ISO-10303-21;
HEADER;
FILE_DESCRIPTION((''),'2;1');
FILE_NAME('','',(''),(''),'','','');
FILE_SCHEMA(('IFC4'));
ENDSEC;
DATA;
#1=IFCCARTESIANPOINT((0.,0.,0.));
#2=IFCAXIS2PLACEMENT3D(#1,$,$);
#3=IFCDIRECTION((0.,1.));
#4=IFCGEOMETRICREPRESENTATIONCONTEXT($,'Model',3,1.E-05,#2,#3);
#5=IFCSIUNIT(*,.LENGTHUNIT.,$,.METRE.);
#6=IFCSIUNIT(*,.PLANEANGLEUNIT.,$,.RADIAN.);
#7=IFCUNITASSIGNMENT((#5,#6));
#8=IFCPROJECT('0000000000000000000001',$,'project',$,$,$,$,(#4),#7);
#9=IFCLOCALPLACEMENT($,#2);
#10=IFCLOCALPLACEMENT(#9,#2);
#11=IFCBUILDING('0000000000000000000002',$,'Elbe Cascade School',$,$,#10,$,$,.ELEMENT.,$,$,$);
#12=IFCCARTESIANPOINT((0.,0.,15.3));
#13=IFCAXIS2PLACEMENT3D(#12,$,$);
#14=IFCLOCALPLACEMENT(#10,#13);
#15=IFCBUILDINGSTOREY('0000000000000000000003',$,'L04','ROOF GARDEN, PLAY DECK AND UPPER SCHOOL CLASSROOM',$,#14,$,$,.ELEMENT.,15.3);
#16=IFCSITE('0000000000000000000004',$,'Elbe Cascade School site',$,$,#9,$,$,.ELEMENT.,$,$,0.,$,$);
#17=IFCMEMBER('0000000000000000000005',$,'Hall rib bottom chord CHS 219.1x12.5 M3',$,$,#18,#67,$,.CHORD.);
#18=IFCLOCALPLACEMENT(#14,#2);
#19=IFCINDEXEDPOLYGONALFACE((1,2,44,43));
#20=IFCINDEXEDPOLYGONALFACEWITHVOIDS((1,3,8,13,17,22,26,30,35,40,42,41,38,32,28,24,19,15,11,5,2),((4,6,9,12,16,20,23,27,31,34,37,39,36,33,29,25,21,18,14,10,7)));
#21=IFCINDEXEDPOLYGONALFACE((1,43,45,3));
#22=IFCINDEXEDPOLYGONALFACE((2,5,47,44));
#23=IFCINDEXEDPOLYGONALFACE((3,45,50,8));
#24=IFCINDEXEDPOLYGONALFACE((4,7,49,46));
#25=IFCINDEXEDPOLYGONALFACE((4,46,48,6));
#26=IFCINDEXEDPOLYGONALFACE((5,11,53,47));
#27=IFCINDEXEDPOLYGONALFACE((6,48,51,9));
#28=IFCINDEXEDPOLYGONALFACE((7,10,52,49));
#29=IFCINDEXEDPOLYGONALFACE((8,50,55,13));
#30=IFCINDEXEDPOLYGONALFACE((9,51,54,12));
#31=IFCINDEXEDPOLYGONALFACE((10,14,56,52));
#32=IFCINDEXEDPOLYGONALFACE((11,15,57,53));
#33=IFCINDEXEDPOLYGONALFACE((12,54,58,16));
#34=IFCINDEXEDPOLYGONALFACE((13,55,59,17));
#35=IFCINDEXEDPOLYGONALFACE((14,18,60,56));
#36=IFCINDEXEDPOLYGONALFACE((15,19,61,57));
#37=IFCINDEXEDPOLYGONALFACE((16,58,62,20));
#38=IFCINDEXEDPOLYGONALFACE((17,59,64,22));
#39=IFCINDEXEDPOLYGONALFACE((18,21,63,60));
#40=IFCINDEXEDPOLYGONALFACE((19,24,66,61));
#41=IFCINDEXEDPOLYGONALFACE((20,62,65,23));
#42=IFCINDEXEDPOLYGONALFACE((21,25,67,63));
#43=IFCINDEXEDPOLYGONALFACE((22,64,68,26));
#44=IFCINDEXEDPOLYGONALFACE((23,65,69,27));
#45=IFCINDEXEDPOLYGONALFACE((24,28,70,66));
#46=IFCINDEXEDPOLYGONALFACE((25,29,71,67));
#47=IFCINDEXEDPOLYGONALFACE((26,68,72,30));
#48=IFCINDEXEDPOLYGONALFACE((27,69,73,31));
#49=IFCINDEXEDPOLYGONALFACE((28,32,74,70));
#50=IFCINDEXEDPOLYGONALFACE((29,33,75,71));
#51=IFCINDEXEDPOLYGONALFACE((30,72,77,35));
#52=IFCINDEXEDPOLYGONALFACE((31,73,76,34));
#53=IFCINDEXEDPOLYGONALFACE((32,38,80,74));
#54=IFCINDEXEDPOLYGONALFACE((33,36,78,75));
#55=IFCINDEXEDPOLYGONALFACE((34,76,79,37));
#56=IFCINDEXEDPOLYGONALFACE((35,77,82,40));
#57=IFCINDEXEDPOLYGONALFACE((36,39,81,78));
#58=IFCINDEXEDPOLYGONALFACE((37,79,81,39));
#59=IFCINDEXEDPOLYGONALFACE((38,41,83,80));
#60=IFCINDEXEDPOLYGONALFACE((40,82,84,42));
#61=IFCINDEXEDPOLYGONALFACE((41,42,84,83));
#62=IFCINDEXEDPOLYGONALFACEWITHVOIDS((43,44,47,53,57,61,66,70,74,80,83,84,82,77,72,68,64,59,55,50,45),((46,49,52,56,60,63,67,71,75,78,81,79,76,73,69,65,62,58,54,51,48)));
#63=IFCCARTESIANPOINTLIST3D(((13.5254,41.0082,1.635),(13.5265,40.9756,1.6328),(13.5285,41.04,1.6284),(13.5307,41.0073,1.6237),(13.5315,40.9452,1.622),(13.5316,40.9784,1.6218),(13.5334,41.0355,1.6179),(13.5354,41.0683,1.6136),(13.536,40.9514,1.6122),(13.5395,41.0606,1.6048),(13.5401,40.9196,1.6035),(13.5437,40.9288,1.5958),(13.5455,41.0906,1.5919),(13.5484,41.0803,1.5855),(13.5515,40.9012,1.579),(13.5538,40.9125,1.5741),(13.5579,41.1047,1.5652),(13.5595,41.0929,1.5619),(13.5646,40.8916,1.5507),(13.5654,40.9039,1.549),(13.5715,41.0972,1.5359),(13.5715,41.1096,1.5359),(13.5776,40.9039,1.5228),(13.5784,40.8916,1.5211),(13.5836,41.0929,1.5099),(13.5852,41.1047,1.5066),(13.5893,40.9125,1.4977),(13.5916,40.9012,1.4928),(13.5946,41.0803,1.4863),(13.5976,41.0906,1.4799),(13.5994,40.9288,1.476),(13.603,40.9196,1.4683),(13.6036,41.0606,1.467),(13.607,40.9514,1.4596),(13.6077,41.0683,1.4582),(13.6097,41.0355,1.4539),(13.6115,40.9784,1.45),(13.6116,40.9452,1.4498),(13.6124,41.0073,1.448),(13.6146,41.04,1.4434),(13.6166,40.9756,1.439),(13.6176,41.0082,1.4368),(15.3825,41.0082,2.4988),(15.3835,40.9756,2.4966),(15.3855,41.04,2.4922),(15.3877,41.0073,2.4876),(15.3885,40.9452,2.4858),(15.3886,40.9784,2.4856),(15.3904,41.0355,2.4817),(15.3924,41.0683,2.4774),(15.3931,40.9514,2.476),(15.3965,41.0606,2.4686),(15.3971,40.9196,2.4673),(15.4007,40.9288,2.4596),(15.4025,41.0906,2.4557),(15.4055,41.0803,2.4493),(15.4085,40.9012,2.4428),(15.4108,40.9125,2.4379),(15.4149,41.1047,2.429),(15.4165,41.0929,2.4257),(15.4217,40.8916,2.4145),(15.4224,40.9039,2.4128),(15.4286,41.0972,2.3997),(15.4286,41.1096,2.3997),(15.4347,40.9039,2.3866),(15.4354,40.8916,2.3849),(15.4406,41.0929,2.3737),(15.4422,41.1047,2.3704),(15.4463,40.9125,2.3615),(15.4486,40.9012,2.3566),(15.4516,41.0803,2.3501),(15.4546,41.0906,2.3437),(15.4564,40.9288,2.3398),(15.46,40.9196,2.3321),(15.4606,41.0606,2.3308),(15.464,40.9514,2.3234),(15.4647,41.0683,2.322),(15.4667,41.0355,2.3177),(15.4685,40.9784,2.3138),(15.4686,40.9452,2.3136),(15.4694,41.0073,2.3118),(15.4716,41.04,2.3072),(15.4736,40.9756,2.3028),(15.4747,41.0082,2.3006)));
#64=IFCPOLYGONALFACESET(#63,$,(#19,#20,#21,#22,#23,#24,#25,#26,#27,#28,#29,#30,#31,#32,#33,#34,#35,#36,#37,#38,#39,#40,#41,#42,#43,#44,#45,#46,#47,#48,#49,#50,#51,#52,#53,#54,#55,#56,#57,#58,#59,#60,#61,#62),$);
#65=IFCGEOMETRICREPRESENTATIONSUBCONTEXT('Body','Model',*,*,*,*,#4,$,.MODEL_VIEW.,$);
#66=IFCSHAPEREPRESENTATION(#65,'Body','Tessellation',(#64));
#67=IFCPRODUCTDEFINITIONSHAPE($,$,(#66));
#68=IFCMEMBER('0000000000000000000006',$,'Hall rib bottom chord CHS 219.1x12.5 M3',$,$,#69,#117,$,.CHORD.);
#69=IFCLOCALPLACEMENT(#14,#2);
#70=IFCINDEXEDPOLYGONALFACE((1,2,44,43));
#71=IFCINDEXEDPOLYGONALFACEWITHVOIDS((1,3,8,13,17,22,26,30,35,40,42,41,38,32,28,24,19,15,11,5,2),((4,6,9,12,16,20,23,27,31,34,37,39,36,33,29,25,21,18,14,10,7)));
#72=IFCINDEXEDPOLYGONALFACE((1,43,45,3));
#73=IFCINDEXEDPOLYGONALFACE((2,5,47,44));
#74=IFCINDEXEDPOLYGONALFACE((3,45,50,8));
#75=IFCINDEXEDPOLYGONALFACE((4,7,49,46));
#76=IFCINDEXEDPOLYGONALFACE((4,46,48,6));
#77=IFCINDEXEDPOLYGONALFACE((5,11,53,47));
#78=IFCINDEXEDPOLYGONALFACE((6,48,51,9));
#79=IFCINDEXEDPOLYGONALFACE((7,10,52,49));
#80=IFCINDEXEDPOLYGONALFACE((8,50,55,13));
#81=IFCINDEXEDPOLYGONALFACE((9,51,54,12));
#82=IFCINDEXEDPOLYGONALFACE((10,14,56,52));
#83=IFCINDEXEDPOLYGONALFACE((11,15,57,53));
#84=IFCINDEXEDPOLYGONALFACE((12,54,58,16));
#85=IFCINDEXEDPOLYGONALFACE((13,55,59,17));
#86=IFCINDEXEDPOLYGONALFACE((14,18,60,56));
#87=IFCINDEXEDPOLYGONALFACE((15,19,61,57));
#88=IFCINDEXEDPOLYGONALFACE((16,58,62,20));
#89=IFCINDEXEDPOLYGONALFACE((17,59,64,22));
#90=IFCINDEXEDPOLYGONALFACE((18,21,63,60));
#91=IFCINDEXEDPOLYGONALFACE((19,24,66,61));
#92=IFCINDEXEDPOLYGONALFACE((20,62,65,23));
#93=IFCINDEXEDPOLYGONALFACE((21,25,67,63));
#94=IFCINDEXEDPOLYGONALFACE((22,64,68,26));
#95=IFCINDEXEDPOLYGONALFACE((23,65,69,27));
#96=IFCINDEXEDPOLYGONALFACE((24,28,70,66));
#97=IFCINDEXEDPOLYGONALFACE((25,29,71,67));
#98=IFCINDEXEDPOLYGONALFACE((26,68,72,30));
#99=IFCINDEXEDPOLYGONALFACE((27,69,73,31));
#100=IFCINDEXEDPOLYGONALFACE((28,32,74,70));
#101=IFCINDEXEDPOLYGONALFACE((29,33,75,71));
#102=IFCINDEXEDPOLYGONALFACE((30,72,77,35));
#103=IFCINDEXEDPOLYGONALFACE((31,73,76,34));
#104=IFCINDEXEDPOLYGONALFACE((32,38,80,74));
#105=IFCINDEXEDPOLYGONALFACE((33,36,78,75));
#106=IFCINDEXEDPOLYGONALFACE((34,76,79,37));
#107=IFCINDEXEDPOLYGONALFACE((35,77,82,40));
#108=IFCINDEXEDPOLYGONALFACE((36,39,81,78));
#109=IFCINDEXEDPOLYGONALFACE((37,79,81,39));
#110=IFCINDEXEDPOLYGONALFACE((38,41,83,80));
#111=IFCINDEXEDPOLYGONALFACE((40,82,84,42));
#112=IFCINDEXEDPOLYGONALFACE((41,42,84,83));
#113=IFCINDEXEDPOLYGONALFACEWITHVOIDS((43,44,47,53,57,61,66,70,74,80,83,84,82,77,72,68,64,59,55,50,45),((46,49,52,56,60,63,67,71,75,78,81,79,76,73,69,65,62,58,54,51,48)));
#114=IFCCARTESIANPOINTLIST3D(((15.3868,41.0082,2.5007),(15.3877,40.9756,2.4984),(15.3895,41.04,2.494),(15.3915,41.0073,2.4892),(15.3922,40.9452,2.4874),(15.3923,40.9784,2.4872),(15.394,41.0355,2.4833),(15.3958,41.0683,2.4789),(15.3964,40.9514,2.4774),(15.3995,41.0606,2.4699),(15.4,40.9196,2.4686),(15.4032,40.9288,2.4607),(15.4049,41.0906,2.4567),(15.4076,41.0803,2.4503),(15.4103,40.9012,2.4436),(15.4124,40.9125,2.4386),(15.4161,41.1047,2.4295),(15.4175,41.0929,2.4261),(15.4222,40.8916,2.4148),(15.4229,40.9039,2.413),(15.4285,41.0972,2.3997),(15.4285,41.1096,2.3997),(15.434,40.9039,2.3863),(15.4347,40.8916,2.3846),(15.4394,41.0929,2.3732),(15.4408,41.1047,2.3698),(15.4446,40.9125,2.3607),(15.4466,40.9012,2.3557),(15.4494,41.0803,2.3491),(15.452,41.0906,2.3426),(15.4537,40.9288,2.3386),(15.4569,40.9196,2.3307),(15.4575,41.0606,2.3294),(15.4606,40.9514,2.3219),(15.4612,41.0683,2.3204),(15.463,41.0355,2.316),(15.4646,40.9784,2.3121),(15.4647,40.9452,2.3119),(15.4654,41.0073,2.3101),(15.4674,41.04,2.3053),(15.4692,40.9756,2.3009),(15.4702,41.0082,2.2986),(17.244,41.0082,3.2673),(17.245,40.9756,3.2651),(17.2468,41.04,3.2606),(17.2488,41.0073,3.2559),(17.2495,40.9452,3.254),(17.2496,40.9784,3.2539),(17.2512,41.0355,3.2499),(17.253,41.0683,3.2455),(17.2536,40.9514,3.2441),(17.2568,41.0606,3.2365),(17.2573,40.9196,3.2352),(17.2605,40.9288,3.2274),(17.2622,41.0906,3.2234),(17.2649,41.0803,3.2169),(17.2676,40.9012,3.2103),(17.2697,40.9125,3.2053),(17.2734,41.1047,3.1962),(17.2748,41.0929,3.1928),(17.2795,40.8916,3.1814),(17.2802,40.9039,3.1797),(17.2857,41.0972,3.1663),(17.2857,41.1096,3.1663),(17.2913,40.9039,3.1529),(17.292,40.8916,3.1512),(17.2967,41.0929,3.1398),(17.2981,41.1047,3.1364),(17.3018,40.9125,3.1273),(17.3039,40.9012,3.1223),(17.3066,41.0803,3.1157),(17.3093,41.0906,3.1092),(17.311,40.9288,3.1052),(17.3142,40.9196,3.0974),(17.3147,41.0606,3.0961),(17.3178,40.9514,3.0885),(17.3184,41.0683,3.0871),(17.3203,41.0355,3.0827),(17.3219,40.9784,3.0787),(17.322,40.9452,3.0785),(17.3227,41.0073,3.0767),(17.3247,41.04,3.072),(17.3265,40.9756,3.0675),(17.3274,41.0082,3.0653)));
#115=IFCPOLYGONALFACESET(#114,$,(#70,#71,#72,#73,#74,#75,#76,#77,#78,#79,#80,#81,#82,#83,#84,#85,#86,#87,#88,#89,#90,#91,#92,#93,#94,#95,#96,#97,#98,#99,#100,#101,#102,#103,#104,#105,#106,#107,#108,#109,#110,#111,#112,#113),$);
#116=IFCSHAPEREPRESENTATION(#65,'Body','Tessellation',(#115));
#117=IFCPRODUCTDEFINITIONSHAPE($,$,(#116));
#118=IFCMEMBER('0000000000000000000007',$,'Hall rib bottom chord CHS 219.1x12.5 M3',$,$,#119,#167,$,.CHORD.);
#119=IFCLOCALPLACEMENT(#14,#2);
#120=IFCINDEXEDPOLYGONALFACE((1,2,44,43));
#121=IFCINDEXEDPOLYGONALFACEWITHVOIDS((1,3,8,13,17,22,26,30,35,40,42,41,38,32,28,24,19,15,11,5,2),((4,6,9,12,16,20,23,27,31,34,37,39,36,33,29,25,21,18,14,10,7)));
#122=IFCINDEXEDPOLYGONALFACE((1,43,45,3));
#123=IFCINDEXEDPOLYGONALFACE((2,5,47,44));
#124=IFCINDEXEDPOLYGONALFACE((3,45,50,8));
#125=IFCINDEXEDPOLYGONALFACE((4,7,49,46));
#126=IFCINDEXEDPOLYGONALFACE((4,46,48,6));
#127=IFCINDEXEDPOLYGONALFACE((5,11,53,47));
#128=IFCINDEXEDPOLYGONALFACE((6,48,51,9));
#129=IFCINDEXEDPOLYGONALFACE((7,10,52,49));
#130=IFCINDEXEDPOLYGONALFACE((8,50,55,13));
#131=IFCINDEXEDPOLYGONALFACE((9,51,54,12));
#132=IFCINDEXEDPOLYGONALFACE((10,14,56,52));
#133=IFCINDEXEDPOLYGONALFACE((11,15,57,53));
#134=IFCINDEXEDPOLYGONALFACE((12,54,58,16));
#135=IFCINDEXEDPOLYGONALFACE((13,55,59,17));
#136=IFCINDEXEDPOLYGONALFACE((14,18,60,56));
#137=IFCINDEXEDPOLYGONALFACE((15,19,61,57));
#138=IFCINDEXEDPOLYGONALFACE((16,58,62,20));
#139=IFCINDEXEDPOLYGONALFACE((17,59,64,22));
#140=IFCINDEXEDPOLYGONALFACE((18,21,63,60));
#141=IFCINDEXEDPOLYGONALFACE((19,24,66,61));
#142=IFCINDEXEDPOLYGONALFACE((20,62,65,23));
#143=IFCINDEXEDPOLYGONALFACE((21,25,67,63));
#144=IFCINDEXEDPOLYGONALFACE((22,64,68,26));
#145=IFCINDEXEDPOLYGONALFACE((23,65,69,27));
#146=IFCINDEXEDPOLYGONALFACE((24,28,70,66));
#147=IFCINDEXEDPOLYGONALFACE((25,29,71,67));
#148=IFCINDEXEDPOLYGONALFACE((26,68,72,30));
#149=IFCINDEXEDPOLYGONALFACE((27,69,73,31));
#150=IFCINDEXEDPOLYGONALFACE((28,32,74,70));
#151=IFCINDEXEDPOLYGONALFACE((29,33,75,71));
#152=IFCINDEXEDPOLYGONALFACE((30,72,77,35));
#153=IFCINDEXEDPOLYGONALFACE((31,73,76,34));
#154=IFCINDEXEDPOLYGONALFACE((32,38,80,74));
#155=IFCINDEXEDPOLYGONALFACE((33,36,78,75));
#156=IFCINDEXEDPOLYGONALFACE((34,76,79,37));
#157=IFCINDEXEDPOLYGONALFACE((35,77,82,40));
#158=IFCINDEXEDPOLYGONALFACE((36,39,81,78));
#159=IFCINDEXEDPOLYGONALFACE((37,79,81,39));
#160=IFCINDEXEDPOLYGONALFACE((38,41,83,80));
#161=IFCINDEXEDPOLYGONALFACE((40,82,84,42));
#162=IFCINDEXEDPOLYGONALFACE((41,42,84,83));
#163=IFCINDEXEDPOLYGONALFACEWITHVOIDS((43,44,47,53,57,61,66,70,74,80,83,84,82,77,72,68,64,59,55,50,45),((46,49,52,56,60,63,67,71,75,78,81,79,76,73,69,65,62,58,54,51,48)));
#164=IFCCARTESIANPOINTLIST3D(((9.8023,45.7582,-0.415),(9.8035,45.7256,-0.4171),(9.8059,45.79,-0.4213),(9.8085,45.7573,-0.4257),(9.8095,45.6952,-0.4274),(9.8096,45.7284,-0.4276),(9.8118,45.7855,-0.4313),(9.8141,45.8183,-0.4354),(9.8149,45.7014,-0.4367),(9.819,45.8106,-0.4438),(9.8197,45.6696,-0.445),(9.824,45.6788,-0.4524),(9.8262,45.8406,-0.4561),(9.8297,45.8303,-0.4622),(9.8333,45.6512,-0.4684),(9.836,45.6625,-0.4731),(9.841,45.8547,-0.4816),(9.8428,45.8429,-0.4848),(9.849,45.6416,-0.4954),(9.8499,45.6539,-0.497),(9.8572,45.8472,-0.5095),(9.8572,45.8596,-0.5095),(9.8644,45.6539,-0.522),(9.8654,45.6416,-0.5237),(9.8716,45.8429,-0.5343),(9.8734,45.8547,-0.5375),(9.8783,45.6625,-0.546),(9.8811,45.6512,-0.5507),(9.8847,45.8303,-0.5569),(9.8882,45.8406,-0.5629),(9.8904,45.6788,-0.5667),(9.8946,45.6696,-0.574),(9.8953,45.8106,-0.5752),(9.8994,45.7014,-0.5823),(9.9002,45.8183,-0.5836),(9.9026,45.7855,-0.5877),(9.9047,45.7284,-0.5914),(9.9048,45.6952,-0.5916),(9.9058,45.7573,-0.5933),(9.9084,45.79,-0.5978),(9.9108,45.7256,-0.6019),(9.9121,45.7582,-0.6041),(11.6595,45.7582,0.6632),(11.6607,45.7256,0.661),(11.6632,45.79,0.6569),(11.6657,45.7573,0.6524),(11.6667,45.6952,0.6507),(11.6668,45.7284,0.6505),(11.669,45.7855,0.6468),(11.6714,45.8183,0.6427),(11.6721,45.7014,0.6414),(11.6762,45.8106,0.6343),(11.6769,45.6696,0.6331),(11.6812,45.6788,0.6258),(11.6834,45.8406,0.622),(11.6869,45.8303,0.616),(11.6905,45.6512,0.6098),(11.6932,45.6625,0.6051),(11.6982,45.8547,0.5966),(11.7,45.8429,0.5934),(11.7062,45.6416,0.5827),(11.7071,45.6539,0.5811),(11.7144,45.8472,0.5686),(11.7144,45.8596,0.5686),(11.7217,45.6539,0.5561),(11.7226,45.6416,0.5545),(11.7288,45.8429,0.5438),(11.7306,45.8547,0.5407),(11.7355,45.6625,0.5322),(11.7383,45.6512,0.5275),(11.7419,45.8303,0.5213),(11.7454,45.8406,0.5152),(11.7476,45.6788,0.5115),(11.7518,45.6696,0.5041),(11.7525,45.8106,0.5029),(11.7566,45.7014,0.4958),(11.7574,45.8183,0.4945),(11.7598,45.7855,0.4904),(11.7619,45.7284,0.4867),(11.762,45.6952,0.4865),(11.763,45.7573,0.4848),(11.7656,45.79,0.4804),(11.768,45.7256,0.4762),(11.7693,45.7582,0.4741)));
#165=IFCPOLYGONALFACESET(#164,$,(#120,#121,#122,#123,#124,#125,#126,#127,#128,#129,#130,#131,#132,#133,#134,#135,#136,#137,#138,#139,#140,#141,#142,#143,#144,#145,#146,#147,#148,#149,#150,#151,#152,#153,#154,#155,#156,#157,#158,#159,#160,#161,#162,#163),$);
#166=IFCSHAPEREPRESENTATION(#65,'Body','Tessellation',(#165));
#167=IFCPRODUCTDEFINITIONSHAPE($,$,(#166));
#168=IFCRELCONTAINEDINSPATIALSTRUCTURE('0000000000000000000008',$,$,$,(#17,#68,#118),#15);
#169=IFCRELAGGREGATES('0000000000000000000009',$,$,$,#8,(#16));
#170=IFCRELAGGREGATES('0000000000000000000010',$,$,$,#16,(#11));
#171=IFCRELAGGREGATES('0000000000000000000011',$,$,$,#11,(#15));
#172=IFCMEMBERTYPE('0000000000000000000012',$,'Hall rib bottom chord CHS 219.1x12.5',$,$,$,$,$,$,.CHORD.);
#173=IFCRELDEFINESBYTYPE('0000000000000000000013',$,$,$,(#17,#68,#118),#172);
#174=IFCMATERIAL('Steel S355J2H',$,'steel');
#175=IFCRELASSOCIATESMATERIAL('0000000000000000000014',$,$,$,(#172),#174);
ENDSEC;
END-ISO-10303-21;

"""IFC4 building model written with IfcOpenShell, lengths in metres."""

from ifc_helpers import new_model, si_unit, direction, frame, origin, origin_2d, place, context, subcontext, project, spatial, hollow_circle, extrude, material, material_profile, profile_set, type_object, element, save


model = new_model("IFC4")

# Units and contexts
model_context = context("Model", 3, precision=1e-05, world=origin(), true_north=direction((0.0, 1.0)))
body_context = subcontext(model_context, "Body", "Model", "MODEL_VIEW")
ifc_project = project(units=[si_unit("LENGTHUNIT", "METRE"), si_unit("PLANEANGLEUNIT", "RADIAN")], contexts=[model_context])

# Site, building, storey
site_placement = place(None, origin())
site = spatial("IfcSite", under=ifc_project, at=site_placement, Name="Elbe Cascade School site", CompositionType="ELEMENT", RefElevation=0.0)
building_placement = place(site_placement, origin())
building = spatial("IfcBuilding", under=site, at=building_placement, Name="Elbe Cascade School", CompositionType="ELEMENT")
storey_placement = place(building_placement, frame((0.0, 0.0, 15.3)))
storey = spatial("IfcBuildingStorey", under=building, at=storey_placement, Name="L04", Description="ROOF GARDEN, PLAY DECK AND UPPER SCHOOL CLASSROOM", CompositionType="ELEMENT", Elevation=15.3)

# Members
ifc_material_1 = material(Name="Steel S355J2H", Category="steel")
ifc_material_profile_1 = material_profile(ifc_material_1, hollow_circle(Radius=0.1096, WallThickness=0.0125, at=origin_2d()), Name="CHS 219.1x12.5")
ifc_profile_set_1 = profile_set([ifc_material_profile_1], Name="Steel S355J2H")
member_type_1 = type_object("IfcMemberType", Name="Hall rib bottom chord CHS 219.1x12.5", PredefinedType="CHORD", material=ifc_profile_set_1)
member_1_placement = place(storey_placement, frame((13.5715, 41.0, 1.5359), z_axis=(0.906706, 0.0, 0.421763), x_axis=(0.0, 1.0, 0.0)))
element("IfcMember", 1, at=member_1_placement, inside=storey, type_object=member_type_1, Name="Hall rib bottom chord CHS 219.1x12.5 M3", PredefinedType="CHORD", context=body_context, shape_type="SweptSolid", body=[
    extrude(hollow_circle(Radius=0.1096, WallThickness=0.0125, at=origin_2d()), origin(), (0.0, 0.0, 1.0), 2.0481),
])
member_2_placement = place(storey_placement, frame((15.4285, 41.0, 2.3997), z_axis=(0.924348, 0.0, 0.38155), x_axis=(0.0, 1.0, 0.0)))
element("IfcMember", 2, at=member_2_placement, inside=storey, type_object=member_type_1, Name="Hall rib bottom chord CHS 219.1x12.5 M3", PredefinedType="CHORD", context=body_context, shape_type="SweptSolid", body=[
    extrude(hollow_circle(Radius=0.1096, WallThickness=0.0125, at=origin_2d()), origin(), (0.0, 0.0, 1.0), 2.0093),
])
member_3_placement = place(storey_placement, frame((9.8572, 45.75, -0.5095), z_axis=(0.864837, 0.0, 0.502053), x_axis=(0.0, 1.0, 0.0)))
element("IfcMember", 3, at=member_3_placement, inside=storey, type_object=member_type_1, Name="Hall rib bottom chord CHS 219.1x12.5 M3", PredefinedType="CHORD", context=body_context, shape_type="SweptSolid", body=[
    extrude(hollow_circle(Radius=0.1096, WallThickness=0.0125, at=origin_2d()), origin(), (0.0, 0.0, 1.0), 2.1475),
])

save(model, "model.ifc")
